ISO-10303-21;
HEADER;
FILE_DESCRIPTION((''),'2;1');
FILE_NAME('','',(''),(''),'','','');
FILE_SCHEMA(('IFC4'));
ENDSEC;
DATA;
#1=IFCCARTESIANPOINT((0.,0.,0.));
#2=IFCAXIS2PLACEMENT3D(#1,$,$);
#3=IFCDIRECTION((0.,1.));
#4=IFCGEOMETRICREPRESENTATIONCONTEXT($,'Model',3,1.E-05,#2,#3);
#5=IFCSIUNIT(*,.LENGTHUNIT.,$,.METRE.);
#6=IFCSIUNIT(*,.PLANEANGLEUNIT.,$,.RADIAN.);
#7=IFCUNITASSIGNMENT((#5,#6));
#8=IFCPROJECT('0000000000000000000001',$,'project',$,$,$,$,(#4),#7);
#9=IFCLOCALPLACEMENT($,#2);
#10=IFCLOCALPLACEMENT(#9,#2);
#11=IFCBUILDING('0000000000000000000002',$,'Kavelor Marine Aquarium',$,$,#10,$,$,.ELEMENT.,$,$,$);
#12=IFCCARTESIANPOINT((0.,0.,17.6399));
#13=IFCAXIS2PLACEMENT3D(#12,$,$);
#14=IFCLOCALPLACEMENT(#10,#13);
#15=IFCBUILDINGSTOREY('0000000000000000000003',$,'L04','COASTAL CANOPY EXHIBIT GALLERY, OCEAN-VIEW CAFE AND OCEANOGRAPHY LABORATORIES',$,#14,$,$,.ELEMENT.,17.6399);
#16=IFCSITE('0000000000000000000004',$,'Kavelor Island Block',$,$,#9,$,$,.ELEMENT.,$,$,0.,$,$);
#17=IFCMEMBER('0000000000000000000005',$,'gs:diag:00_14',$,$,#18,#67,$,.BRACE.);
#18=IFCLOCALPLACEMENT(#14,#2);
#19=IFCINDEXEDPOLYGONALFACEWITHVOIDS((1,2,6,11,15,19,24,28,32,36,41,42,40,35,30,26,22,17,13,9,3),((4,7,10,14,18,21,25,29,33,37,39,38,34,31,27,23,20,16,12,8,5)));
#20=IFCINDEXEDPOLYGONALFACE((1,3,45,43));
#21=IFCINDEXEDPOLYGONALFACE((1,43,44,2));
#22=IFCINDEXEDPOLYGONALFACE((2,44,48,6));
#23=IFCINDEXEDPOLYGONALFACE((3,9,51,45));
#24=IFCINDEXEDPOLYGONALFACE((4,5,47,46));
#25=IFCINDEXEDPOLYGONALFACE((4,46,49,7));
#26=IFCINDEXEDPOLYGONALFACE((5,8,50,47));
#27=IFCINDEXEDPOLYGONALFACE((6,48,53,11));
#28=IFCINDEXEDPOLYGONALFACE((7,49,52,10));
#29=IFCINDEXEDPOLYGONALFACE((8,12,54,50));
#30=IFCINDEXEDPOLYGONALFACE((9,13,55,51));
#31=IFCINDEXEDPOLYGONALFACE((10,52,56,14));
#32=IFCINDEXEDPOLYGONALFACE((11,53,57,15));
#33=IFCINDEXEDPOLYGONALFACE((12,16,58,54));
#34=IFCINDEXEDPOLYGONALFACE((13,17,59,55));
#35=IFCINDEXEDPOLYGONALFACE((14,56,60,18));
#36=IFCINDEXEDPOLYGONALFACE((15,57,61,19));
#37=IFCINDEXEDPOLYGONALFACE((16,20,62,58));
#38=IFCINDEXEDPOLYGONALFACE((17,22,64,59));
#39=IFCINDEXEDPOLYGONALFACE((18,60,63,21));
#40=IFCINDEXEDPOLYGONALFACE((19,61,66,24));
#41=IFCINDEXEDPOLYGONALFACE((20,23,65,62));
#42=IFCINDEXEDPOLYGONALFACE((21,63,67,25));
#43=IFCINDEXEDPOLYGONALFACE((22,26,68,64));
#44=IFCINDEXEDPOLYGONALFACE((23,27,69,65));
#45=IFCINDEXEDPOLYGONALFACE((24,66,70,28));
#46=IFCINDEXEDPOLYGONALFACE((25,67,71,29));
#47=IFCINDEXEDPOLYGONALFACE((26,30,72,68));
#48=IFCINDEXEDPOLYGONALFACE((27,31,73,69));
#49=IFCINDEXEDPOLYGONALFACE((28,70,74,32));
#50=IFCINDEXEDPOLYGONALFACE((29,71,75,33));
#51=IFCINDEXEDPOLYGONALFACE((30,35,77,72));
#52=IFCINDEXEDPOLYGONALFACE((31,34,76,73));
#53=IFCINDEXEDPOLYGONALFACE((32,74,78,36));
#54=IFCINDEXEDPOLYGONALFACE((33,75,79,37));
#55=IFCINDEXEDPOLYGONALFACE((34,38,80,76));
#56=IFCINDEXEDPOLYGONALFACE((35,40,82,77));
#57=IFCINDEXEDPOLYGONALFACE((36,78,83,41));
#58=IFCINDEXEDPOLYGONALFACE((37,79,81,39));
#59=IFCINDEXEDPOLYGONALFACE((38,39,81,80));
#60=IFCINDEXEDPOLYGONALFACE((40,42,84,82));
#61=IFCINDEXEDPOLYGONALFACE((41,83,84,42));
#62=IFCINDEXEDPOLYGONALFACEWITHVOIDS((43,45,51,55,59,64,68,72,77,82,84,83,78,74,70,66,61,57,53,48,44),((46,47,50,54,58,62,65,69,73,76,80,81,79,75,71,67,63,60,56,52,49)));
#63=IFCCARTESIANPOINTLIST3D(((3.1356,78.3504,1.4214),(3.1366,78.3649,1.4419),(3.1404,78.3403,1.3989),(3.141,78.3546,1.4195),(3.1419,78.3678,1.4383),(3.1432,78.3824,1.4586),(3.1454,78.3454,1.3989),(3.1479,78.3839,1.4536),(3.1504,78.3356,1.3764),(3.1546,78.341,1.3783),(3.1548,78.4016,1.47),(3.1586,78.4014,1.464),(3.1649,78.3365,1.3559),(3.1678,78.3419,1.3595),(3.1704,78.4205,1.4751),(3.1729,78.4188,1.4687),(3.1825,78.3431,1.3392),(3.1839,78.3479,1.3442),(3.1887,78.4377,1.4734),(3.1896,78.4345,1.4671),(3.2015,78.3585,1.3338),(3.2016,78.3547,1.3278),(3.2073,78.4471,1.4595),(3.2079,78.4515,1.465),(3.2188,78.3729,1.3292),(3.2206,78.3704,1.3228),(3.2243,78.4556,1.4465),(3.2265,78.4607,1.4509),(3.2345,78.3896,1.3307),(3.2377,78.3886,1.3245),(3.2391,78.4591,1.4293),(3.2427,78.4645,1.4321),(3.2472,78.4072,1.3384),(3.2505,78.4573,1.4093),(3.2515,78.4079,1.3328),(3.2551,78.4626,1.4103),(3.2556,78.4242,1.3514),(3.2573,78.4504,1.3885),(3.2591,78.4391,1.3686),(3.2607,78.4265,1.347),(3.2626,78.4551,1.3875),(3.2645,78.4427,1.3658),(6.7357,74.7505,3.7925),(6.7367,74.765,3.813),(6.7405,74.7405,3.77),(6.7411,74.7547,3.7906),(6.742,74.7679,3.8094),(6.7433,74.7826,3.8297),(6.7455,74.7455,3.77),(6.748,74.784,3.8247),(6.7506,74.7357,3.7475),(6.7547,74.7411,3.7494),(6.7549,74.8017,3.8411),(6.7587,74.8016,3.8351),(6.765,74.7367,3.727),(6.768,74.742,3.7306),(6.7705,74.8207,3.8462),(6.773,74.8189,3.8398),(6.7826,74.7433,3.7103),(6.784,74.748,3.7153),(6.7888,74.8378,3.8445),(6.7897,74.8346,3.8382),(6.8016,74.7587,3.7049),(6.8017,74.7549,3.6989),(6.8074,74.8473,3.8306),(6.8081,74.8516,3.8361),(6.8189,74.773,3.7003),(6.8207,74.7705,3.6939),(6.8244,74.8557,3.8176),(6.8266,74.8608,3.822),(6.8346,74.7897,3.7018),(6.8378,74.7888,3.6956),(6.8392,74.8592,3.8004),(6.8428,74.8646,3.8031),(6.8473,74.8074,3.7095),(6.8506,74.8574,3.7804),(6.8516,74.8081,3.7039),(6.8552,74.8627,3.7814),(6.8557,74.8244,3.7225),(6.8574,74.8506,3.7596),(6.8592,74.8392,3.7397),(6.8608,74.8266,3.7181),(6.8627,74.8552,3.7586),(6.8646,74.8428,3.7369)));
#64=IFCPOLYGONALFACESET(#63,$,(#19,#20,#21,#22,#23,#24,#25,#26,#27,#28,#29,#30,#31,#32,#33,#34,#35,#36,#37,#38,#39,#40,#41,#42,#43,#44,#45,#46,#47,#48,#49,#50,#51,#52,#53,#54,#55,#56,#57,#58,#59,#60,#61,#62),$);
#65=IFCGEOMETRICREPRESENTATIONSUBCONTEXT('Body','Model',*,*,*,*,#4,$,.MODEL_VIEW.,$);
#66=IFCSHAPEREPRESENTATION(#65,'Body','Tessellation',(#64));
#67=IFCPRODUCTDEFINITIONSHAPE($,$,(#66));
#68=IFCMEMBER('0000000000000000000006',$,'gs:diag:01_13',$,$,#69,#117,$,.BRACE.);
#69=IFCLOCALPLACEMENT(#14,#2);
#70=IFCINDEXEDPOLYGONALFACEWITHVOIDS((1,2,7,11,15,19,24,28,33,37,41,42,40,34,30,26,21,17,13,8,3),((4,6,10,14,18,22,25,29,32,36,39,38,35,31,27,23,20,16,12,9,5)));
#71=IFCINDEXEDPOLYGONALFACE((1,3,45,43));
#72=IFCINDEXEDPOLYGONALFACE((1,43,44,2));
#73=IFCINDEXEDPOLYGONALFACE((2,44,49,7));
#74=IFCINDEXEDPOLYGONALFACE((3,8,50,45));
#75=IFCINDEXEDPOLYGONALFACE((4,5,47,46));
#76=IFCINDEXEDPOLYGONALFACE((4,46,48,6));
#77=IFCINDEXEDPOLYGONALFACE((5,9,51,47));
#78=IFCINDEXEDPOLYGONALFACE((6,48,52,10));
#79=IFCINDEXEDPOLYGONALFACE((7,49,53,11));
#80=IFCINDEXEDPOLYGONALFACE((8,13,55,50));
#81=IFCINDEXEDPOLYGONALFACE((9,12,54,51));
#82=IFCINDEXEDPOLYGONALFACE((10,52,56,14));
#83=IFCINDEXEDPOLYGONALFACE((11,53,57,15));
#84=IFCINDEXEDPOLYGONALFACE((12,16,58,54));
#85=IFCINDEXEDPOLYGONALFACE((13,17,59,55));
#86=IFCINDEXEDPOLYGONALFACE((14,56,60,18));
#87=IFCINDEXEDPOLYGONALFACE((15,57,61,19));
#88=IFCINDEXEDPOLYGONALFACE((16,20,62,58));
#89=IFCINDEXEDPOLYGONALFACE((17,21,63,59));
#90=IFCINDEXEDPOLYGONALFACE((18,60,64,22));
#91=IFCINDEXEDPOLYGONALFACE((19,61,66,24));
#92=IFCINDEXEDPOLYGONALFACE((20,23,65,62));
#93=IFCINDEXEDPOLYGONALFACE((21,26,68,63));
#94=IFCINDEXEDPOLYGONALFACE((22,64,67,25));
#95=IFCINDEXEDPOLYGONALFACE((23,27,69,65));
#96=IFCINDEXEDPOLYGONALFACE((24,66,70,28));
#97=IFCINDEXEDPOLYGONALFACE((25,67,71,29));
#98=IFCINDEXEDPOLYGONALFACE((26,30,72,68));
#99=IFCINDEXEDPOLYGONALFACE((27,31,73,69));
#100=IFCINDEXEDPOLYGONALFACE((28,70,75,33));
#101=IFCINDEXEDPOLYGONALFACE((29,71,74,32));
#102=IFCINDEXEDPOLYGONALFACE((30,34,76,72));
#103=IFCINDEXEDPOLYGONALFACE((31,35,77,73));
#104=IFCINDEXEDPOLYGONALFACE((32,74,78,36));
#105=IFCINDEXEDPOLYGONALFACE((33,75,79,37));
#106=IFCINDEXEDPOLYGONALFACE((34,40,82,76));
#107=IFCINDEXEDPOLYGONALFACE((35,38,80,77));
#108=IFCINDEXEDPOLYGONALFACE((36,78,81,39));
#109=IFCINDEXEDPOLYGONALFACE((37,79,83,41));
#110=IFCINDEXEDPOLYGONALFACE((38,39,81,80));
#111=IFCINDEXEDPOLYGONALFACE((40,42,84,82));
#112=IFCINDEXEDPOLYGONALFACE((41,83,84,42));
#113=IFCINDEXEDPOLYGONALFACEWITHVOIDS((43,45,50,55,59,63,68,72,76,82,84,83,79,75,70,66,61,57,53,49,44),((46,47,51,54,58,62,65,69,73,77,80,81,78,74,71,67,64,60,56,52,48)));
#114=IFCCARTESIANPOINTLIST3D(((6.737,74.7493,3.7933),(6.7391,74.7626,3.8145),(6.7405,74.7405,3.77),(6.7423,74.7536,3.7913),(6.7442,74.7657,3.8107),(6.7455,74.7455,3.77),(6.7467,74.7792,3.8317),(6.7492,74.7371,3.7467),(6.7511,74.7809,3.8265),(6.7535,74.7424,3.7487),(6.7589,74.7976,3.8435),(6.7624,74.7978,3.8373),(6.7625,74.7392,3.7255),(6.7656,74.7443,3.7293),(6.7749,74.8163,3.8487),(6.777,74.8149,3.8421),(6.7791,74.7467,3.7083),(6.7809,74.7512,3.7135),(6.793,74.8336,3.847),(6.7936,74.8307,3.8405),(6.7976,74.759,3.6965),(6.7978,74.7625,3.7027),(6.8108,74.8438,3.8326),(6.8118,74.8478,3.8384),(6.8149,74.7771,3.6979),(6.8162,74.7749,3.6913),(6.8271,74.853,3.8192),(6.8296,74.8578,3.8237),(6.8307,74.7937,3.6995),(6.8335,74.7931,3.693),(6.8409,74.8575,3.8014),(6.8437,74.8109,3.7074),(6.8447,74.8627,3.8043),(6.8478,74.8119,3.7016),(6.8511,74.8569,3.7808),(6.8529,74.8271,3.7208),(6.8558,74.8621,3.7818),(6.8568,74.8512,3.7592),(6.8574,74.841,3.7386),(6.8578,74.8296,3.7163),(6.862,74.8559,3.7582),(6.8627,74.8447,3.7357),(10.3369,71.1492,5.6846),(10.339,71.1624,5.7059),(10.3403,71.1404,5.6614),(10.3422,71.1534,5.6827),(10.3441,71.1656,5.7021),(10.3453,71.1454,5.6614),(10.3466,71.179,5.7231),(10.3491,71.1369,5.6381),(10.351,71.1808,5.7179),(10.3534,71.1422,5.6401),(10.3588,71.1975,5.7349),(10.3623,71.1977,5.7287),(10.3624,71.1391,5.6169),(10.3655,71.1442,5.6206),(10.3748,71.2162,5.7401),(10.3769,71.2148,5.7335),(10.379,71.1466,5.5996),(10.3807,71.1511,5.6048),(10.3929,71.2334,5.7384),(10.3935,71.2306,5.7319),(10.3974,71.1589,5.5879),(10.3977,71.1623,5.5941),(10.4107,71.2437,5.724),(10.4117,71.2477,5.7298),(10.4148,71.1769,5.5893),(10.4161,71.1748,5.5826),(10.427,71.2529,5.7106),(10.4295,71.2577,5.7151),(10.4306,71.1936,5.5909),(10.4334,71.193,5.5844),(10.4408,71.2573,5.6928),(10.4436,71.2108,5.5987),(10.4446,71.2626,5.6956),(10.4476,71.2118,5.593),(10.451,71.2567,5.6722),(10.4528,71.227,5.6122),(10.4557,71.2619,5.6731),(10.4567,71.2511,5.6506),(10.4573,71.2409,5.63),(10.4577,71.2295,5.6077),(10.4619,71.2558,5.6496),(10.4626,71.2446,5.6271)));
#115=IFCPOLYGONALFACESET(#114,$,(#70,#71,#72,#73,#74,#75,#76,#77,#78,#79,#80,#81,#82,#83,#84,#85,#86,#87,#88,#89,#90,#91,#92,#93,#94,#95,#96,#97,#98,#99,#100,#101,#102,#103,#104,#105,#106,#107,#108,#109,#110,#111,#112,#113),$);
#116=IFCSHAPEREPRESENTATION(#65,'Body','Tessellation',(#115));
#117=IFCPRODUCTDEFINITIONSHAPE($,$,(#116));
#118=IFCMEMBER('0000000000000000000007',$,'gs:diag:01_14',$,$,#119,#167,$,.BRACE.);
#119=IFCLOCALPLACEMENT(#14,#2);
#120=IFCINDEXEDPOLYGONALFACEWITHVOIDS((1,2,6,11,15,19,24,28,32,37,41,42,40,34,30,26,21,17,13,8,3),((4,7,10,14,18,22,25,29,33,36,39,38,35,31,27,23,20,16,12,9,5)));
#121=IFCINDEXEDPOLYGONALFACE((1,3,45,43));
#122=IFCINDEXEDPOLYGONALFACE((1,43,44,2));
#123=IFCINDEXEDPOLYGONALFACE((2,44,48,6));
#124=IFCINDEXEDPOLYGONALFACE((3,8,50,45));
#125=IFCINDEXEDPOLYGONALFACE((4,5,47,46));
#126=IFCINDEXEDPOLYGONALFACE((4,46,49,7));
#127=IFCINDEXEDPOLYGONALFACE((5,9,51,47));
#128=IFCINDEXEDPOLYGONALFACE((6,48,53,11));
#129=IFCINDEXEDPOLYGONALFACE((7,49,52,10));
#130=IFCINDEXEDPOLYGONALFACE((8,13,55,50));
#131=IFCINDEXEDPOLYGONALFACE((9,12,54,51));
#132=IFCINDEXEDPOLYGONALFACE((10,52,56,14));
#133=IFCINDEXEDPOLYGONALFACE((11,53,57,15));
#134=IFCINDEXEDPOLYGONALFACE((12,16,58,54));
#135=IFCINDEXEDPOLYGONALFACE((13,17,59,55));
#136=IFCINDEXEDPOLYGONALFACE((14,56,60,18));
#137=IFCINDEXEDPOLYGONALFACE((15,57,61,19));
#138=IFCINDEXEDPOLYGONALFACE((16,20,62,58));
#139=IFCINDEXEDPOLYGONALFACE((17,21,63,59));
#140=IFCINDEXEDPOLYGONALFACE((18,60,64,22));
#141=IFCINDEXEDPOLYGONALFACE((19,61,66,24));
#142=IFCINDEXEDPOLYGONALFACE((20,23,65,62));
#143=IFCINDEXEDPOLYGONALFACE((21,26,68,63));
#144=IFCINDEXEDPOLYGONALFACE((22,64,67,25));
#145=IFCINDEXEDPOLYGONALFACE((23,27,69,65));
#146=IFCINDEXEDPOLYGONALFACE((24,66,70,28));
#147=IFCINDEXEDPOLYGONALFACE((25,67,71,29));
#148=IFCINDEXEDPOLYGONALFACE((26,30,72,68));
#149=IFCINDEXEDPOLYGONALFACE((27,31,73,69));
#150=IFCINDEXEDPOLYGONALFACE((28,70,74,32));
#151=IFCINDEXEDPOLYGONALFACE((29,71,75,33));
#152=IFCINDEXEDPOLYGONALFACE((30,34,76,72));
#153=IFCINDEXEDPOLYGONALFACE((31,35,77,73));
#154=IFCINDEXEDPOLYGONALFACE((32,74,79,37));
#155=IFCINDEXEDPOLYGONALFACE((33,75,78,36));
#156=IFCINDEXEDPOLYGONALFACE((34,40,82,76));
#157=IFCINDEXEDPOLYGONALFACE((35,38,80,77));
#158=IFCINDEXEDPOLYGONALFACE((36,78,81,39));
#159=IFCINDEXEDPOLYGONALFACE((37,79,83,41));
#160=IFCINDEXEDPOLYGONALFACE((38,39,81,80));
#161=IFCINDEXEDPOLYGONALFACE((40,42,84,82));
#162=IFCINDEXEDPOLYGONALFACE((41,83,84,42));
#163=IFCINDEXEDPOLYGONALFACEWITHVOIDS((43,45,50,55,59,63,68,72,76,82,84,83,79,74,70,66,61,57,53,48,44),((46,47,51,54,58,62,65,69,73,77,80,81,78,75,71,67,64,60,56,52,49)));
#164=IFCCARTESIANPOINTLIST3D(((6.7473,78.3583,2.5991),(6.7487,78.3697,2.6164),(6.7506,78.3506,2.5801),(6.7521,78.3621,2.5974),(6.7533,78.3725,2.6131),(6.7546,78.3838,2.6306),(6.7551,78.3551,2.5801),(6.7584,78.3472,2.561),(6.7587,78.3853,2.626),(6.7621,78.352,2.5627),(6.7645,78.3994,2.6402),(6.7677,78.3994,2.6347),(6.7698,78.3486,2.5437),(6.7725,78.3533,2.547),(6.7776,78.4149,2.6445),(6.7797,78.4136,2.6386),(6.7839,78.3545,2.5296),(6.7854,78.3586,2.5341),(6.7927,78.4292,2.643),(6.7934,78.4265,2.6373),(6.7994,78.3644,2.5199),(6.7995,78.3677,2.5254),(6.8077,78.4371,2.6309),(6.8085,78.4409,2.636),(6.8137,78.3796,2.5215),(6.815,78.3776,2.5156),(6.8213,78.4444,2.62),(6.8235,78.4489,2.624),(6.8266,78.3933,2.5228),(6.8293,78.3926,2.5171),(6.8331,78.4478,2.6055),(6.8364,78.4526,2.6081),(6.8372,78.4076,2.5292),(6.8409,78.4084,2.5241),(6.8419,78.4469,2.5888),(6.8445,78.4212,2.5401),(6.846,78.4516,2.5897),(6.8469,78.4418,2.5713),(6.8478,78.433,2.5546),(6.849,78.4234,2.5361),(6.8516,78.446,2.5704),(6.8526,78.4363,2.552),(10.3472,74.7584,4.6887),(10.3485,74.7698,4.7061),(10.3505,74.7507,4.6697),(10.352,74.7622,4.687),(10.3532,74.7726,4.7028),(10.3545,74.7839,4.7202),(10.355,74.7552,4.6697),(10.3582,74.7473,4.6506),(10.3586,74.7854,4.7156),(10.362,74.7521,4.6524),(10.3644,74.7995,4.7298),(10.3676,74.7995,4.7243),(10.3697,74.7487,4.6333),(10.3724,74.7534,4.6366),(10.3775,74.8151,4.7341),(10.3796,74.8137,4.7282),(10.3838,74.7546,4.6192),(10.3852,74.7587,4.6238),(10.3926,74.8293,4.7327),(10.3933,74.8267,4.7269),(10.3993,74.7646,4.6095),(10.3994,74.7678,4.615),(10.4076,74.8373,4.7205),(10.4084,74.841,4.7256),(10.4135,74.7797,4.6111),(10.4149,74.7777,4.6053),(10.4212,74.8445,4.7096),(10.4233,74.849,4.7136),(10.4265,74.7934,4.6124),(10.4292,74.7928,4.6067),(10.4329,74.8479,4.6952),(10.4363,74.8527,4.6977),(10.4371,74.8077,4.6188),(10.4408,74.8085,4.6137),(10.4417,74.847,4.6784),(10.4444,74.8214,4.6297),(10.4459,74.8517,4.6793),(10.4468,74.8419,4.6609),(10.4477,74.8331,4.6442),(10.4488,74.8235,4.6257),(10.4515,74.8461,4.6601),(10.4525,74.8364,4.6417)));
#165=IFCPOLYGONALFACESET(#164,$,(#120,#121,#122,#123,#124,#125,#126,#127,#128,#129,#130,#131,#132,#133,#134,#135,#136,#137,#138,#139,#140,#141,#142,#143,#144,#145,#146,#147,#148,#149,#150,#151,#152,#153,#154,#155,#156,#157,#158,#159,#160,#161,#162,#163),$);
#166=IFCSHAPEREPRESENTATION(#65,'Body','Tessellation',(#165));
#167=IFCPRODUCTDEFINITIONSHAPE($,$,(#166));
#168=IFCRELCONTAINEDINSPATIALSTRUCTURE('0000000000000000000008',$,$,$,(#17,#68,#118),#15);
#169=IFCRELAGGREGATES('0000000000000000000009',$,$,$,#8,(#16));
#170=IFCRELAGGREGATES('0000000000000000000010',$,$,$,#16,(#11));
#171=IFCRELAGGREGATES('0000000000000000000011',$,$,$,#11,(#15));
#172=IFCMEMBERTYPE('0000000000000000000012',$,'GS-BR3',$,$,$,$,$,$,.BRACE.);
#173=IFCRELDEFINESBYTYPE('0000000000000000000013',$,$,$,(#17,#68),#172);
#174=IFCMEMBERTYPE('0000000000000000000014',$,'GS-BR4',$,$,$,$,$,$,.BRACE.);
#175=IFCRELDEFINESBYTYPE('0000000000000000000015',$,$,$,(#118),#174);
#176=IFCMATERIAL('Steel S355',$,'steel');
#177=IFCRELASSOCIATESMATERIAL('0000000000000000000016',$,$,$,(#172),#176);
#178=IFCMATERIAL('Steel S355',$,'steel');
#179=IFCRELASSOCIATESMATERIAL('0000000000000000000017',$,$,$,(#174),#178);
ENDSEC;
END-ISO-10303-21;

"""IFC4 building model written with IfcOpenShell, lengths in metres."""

from ifc_helpers import new_model, si_unit, direction, frame, origin, origin_2d, place, context, subcontext, project, spatial, hollow_circle, extrude, material, material_profile, profile_set, type_object, element, save


model = new_model("IFC4")

# Units and contexts
model_context = context("Model", 3, precision=1e-05, world=origin(), true_north=direction((0.0, 1.0)))
body_context = subcontext(model_context, "Body", "Model", "MODEL_VIEW")
ifc_project = project(units=[si_unit("LENGTHUNIT", "METRE"), si_unit("PLANEANGLEUNIT", "RADIAN")], contexts=[model_context])

# Site, building, storey
site_placement = place(None, origin())
site = spatial("IfcSite", under=ifc_project, at=site_placement, Name="Kavelor Island Block", CompositionType="ELEMENT", RefElevation=0.0)
building_placement = place(site_placement, origin())
building = spatial("IfcBuilding", under=site, at=building_placement, Name="Kavelor Marine Aquarium", CompositionType="ELEMENT")
storey_placement = place(building_placement, frame((0.0, 0.0, 17.6399)))
storey = spatial("IfcBuildingStorey", under=building, at=storey_placement, Name="L04", Description="COASTAL CANOPY EXHIBIT GALLERY, OCEAN-VIEW CAFE AND OCEANOGRAPHY LABORATORIES", CompositionType="ELEMENT", Elevation=17.6399)

# Members
ifc_material_1 = material(Name="Steel S355", Category="steel")
ifc_material_profile_1 = material_profile(ifc_material_1, hollow_circle(Radius=0.0842, WallThickness=0.0071, at=origin_2d()), Name="CHS 168.3x7.1")
ifc_profile_set_1 = profile_set([ifc_material_profile_1], Name="Steel S355")
member_type_1 = type_object("IfcMemberType", Name="GS-BR3", PredefinedType="BRACE", material=ifc_profile_set_1)
member_1_placement = place(storey_placement, frame((6.8, 74.8, 3.77), z_axis=(-0.64102, 0.640976, -0.422188), x_axis=(-0.707083, -0.707131, 0.0)))
element("IfcMember", 1, at=member_1_placement, inside=storey, type_object=member_type_1, Name="gs:diag:00_14", PredefinedType="BRACE", context=body_context, shape_type="SweptSolid", body=[
    extrude(hollow_circle(Radius=0.0842, WallThickness=0.0071, at=origin_2d()), origin(), (0.0, 0.0, 1.0), 5.6162),
])
member_2_placement = place(storey_placement, frame((10.3999, 71.2, 5.6614), z_axis=(-0.662822, 0.662867, -0.348246), x_axis=(-0.707131, -0.707083, 0.0)))
element("IfcMember", 2, at=member_2_placement, inside=storey, type_object=member_type_1, Name="gs:diag:01_13", PredefinedType="BRACE", context=body_context, shape_type="SweptSolid", body=[
    extrude(hollow_circle(Radius=0.0842, WallThickness=0.0071, at=origin_2d()), origin(), (0.0, 0.0, 1.0), 5.4312),
])
ifc_material_2 = material(Name="Steel S355", Category="steel")
ifc_material_profile_2 = material_profile(ifc_material_2, hollow_circle(Radius=0.0698, WallThickness=0.0063, at=origin_2d()), Name="CHS 139.7x6.3")
ifc_profile_set_2 = profile_set([ifc_material_profile_2], Name="Steel S355")
member_type_2 = type_object("IfcMemberType", Name="GS-BR4", PredefinedType="BRACE", material=ifc_profile_set_2)
member_3_placement = place(storey_placement, frame((10.3999, 74.8, 4.6697), z_axis=(-0.654148, 0.654148, -0.379712), x_axis=(-0.707107, -0.707107, 0.0)))
element("IfcMember", 3, at=member_3_placement, inside=storey, type_object=member_type_2, Name="gs:diag:01_14", PredefinedType="BRACE", context=body_context, shape_type="SweptSolid", body=[
    extrude(hollow_circle(Radius=0.0698, WallThickness=0.0063, at=origin_2d()), origin(), (0.0, 0.0, 1.0), 5.5032),
])

save(model, "model.ifc")
